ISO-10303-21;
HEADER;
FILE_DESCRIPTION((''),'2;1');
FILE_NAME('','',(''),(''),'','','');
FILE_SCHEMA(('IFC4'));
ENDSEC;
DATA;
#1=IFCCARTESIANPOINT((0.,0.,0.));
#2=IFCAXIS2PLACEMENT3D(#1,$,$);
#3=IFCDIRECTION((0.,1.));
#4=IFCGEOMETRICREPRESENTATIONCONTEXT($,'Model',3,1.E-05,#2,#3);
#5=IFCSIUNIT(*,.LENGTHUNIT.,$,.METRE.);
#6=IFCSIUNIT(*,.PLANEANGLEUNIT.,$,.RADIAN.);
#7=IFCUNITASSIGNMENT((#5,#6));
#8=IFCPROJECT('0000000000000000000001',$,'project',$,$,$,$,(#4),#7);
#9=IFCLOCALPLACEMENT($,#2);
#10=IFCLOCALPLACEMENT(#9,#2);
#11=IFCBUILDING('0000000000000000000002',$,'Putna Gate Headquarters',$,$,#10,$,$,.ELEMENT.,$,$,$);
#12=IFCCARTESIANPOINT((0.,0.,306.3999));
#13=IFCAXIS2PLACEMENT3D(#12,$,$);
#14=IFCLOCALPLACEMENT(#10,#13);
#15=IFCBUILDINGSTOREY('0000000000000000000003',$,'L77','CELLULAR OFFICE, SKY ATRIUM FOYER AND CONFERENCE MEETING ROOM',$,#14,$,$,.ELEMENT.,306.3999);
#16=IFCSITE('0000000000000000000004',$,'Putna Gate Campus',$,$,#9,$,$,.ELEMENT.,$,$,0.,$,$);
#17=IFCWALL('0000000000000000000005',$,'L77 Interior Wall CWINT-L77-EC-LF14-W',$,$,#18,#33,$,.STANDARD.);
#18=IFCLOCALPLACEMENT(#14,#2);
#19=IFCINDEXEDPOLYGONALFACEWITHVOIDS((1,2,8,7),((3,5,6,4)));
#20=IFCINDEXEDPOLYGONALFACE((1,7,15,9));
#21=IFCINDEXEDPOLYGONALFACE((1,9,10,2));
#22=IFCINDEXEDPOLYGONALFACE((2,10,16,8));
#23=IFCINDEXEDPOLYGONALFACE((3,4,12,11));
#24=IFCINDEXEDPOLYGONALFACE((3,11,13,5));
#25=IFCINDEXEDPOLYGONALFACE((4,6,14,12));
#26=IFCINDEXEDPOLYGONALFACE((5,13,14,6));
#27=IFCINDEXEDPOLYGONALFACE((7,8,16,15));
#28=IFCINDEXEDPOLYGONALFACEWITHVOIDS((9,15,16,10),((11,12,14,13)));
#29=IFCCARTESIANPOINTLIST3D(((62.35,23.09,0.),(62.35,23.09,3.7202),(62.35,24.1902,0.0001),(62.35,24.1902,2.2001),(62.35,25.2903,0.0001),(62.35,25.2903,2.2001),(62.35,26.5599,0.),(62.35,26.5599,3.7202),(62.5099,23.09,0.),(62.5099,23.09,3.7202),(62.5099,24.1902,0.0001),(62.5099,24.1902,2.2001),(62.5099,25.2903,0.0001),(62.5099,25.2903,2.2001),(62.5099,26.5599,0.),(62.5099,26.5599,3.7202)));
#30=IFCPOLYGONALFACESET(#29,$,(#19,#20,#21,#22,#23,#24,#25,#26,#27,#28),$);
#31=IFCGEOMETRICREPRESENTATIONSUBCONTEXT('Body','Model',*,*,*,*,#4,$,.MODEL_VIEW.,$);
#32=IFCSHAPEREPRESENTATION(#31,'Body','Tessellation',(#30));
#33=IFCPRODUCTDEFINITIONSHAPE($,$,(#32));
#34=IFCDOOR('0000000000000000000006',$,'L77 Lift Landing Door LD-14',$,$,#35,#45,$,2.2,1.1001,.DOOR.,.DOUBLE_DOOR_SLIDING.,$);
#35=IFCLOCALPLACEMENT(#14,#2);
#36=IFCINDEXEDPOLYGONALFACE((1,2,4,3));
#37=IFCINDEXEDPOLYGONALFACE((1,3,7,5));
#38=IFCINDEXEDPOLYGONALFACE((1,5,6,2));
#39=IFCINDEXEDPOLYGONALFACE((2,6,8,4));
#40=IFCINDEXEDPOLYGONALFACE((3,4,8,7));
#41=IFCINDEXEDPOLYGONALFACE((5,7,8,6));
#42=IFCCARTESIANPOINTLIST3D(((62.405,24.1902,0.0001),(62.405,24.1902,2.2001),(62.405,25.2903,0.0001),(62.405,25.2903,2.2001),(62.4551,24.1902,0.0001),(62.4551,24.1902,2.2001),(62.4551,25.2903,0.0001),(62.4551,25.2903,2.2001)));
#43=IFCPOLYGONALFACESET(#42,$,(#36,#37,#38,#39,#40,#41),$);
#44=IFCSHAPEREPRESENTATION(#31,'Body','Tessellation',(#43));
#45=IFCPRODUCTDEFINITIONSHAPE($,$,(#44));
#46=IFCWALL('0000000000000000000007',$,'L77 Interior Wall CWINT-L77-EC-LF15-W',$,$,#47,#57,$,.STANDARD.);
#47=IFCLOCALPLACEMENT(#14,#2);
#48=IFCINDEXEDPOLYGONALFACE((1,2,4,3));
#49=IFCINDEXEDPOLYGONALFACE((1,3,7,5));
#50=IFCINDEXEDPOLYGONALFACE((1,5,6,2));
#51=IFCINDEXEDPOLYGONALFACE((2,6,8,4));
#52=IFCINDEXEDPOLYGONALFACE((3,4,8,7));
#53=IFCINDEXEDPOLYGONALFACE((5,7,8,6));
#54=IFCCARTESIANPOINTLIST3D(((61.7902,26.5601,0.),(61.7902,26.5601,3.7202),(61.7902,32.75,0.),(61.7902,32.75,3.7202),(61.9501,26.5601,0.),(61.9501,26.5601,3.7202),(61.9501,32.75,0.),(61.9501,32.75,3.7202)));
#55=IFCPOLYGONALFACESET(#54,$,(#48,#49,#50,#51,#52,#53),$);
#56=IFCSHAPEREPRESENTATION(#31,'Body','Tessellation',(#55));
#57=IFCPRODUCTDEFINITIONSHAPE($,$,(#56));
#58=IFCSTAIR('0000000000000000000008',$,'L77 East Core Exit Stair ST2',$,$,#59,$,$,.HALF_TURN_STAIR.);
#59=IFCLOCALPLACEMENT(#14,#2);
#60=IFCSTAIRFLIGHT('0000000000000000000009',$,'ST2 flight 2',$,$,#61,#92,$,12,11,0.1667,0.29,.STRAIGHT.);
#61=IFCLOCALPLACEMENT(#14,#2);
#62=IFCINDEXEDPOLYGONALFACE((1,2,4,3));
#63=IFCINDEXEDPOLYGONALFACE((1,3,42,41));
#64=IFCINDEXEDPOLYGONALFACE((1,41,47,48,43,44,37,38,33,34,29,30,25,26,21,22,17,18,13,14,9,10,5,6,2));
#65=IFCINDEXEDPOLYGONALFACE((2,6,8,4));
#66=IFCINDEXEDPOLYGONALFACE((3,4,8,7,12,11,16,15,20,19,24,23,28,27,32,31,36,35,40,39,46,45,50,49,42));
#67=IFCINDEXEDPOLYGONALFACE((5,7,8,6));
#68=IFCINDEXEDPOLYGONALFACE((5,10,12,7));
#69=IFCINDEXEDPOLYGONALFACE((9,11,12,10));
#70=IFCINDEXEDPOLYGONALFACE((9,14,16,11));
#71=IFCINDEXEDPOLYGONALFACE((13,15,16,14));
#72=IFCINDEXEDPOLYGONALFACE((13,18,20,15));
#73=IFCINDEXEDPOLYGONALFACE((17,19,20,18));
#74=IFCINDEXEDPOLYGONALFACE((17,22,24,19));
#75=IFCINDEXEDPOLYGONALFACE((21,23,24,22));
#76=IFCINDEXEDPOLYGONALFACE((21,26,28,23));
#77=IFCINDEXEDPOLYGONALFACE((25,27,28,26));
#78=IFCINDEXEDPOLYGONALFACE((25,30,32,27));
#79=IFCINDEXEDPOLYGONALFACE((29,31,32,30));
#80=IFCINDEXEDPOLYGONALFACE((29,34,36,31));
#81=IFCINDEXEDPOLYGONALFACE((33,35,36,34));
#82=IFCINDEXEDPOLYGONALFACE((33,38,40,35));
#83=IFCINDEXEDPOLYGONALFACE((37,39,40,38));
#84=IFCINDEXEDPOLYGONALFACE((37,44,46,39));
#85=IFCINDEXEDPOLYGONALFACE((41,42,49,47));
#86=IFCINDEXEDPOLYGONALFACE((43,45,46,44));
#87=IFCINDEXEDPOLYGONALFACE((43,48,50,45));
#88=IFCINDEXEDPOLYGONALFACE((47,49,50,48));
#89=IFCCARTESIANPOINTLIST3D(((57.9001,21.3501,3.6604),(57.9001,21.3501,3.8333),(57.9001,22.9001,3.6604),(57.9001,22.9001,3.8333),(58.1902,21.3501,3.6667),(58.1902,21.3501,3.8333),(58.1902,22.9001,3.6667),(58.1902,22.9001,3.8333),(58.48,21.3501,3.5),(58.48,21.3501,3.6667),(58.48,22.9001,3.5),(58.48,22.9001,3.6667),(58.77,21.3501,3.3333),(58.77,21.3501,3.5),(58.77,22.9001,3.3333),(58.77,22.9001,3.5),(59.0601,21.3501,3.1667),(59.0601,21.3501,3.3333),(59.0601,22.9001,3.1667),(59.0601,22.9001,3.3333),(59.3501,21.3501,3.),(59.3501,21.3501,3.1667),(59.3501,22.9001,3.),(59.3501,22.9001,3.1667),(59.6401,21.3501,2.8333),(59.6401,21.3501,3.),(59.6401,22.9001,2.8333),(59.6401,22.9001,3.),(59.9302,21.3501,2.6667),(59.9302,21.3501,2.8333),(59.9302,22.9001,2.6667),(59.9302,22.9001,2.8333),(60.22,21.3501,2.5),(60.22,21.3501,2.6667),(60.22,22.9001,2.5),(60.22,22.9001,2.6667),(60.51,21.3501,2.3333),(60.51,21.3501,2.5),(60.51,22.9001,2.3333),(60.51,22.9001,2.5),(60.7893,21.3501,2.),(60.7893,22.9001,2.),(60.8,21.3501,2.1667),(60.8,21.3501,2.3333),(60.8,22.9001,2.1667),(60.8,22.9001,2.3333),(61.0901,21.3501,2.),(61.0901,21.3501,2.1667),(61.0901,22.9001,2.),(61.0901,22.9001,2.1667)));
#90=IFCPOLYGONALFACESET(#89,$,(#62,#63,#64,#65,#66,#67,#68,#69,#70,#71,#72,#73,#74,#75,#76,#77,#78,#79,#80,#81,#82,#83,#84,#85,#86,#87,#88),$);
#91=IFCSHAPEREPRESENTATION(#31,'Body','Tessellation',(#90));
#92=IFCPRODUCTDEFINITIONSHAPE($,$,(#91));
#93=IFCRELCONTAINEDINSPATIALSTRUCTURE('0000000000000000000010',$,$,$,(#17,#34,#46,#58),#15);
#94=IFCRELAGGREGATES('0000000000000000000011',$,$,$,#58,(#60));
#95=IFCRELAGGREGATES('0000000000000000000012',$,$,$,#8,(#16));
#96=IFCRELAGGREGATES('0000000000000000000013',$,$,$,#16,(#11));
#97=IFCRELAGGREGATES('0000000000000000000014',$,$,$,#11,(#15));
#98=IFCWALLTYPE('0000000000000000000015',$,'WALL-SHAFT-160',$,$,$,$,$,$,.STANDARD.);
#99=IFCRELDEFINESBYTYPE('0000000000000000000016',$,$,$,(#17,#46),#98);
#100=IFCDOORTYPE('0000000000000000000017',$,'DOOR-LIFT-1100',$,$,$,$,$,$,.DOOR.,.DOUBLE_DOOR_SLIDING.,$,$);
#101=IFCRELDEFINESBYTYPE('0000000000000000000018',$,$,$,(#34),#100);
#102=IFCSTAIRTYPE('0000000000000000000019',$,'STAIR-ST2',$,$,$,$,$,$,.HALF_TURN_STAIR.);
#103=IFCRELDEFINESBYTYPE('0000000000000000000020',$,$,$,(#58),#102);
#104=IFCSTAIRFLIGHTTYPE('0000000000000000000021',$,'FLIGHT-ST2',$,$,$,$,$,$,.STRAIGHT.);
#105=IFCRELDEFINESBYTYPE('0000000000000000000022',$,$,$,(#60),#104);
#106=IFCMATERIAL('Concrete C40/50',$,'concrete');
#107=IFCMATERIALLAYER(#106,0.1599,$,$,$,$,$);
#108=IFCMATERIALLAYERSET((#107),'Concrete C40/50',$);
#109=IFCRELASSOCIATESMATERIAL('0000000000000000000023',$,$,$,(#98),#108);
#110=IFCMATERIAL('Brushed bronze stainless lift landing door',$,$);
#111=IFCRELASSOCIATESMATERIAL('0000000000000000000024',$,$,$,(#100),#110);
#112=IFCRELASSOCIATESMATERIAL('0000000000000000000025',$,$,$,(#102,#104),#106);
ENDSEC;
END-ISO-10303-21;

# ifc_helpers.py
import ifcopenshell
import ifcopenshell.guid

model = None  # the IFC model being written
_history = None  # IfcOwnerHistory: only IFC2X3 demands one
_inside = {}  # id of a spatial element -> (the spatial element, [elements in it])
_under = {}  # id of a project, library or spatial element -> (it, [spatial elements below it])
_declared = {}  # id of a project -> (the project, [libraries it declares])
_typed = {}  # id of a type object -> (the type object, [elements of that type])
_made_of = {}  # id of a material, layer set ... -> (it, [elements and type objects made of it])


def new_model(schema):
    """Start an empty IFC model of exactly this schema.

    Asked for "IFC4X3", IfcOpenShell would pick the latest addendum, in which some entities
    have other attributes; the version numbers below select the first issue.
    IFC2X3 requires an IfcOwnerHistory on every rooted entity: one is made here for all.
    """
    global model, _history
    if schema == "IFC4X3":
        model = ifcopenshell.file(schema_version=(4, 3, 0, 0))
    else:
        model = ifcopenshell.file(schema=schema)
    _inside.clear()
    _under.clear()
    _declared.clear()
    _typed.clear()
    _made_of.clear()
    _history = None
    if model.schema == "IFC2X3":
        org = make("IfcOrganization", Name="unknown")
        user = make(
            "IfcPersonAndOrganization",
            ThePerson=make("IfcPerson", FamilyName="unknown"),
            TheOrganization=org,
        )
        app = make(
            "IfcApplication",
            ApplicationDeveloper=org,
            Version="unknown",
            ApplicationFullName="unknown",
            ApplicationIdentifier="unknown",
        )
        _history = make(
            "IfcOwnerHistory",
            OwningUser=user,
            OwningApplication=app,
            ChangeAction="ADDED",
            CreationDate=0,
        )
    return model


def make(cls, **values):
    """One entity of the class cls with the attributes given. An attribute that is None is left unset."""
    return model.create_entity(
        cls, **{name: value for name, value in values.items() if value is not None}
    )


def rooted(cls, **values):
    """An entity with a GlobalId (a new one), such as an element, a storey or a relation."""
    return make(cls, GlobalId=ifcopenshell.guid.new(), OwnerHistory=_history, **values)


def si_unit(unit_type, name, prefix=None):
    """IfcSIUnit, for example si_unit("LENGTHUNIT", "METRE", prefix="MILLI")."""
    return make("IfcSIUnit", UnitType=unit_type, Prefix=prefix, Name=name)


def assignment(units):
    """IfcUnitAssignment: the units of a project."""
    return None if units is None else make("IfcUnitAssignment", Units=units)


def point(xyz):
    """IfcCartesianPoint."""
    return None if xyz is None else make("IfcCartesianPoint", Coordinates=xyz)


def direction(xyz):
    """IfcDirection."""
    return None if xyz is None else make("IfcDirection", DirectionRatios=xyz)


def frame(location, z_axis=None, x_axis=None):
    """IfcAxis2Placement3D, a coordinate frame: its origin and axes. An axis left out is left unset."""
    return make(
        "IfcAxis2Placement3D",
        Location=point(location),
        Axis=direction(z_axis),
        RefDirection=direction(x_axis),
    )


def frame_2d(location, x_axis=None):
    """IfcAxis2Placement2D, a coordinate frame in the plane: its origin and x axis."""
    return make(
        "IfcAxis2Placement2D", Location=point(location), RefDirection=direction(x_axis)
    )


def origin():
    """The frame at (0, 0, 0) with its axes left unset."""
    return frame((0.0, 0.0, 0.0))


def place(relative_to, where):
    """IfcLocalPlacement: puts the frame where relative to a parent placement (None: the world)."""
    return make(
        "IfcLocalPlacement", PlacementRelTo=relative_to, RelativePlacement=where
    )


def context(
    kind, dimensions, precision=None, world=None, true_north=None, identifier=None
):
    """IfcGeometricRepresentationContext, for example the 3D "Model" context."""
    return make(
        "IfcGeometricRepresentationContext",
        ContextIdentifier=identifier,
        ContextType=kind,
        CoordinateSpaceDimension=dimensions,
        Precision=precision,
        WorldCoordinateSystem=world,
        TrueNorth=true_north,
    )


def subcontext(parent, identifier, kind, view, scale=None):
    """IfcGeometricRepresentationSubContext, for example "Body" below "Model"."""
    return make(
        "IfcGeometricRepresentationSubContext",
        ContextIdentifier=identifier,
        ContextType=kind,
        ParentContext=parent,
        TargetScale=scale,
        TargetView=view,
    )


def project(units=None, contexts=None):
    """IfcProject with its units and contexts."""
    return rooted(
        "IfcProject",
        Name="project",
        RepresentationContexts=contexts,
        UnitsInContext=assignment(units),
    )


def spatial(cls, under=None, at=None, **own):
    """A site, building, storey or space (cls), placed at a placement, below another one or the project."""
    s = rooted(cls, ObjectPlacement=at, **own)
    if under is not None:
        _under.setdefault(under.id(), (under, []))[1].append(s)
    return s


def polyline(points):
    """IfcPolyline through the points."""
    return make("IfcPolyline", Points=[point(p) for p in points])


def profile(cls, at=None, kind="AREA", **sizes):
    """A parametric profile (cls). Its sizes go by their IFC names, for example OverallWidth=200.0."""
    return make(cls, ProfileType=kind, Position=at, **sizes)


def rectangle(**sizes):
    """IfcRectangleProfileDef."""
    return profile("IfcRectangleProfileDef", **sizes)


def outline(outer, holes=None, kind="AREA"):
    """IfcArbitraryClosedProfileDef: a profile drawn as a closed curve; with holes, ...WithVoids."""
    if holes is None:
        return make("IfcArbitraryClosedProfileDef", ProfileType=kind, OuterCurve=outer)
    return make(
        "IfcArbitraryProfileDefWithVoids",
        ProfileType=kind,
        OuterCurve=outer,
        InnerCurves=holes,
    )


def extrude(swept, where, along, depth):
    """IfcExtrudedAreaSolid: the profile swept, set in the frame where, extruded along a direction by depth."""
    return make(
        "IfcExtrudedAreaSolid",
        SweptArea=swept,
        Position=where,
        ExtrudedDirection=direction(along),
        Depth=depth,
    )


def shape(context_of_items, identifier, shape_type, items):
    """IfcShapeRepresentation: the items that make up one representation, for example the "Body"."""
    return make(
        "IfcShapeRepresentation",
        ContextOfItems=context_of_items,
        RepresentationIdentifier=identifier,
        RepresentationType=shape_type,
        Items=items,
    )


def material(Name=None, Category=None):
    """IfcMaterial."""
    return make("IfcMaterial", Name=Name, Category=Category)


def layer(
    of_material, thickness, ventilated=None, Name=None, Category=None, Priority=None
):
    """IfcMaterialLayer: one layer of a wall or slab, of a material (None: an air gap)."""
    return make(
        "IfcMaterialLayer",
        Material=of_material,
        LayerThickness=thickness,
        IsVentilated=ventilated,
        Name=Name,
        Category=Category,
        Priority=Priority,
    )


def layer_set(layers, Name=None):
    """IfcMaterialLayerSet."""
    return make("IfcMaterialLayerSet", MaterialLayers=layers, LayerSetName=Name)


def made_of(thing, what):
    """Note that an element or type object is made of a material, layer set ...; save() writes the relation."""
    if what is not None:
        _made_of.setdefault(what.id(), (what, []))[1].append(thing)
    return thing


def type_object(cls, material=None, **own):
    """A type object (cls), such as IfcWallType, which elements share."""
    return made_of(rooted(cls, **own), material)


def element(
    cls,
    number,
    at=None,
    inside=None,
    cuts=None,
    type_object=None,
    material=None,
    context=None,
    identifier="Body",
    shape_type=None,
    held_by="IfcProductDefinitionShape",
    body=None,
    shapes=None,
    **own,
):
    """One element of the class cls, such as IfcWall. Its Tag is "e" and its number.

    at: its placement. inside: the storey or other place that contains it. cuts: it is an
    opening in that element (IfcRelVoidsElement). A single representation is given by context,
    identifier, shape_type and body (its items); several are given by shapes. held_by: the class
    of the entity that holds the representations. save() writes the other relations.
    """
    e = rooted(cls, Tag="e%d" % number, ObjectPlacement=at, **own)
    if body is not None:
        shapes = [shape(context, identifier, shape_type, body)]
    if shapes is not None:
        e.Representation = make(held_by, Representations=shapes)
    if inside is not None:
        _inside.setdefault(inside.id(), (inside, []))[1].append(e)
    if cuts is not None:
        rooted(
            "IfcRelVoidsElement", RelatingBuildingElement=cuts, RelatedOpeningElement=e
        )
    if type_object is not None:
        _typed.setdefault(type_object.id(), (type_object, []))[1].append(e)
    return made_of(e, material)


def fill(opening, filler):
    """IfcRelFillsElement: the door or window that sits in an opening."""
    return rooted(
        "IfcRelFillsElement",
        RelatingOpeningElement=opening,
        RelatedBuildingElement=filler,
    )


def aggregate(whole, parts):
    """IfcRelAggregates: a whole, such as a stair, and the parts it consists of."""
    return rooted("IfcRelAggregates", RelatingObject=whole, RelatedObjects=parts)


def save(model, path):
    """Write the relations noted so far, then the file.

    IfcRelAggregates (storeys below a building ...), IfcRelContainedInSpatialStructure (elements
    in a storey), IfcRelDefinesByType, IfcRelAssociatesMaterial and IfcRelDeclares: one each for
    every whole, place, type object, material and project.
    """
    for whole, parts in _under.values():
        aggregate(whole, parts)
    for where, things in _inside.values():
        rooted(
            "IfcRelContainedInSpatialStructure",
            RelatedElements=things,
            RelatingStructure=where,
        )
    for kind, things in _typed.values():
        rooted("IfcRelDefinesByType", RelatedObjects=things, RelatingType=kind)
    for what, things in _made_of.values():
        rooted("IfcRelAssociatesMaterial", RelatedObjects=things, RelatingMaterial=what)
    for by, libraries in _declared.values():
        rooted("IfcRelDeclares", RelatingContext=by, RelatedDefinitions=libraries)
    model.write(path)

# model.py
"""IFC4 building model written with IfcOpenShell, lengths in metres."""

from ifc_helpers import new_model, si_unit, direction, frame, frame_2d, origin, place, context, subcontext, project, spatial, polyline, rectangle, outline, extrude, material, layer, layer_set, type_object, element, fill, aggregate, save


model = new_model("IFC4")

# Units and contexts
model_context = context("Model", 3, precision=1e-05, world=origin(), true_north=direction((0.0, 1.0)))
body_context = subcontext(model_context, "Body", "Model", "MODEL_VIEW")
ifc_project = project(units=[si_unit("LENGTHUNIT", "METRE"), si_unit("PLANEANGLEUNIT", "RADIAN")], contexts=[model_context])

# Site, building, storey
site_placement = place(None, origin())
site = spatial("IfcSite", under=ifc_project, at=site_placement, Name="Putna Gate Campus", CompositionType="ELEMENT", RefElevation=0.0)
building_placement = place(site_placement, origin())
building = spatial("IfcBuilding", under=site, at=building_placement, Name="Putna Gate Headquarters", CompositionType="ELEMENT")
storey_placement = place(building_placement, frame((0.0, 0.0, 306.3999)))
storey = spatial("IfcBuildingStorey", under=building, at=storey_placement, Name="L77", Description="CELLULAR OFFICE, SKY ATRIUM FOYER AND CONFERENCE MEETING ROOM", CompositionType="ELEMENT", Elevation=306.3999)

# Wall, opening, door
ifc_material_1 = material(Name="Concrete C40/50", Category="concrete")
ifc_layer_1 = layer(ifc_material_1, 0.1599)
ifc_layer_set_1 = layer_set([ifc_layer_1], Name="Concrete C40/50")
wall_type_1 = type_object("IfcWallType", Name="WALL-SHAFT-160", PredefinedType="STANDARD", material=ifc_layer_set_1)
wall_1_placement = place(storey_placement, frame((62.4299, 23.0901, 0.0), z_axis=(0.0, 0.0, 1.0), x_axis=(0.0, 1.0, 0.0)))
wall_1 = element("IfcWall", 1, at=wall_1_placement, inside=storey, type_object=wall_type_1, Name="L77 Interior Wall CWINT-L77-EC-LF14-W", PredefinedType="STANDARD", context=body_context, shape_type="SweptSolid", body=[
    extrude(rectangle(XDim=3.47, YDim=0.1599, at=frame_2d((1.7349, 0.0))), origin(), (0.0, 0.0, 1.0), 3.7202),
])
opening_1_placement = place(wall_1_placement, frame((1.1001, 0.0, 0.0)))
opening_1 = element("IfcOpeningElement", 2, at=opening_1_placement, cuts=wall_1, PredefinedType="OPENING", context=body_context, shape_type="SweptSolid", body=[
    extrude(rectangle(XDim=1.1001, YDim=2.2, at=frame_2d((0.55, 1.1001))), frame((0.0, 0.0898, 0.0), z_axis=(0.0, -1.0, 0.0), x_axis=(1.0, 0.0, 0.0)), (0.0, 0.0, 1.0), 0.1799),
])
ifc_material_2 = material(Name="Brushed bronze stainless lift landing door")
door_type_1 = type_object("IfcDoorType", Name="DOOR-LIFT-1100", OperationType="DOUBLE_DOOR_SLIDING", PredefinedType="DOOR", material=ifc_material_2)
door_1_placement = place(opening_1_placement, origin())
door_1 = element("IfcDoor", 3, at=door_1_placement, inside=storey, type_object=door_type_1, Name="L77 Lift Landing Door LD-14", OperationType="DOUBLE_DOOR_SLIDING", OverallHeight=2.2, OverallWidth=1.1001, PredefinedType="DOOR", context=body_context, shape_type="SweptSolid", body=[
    extrude(rectangle(XDim=1.1001, YDim=2.2, at=frame_2d((0.55, 1.1001))), frame((0.0, 0.0249, 0.0), z_axis=(0.0, -1.0, 0.0), x_axis=(1.0, 0.0, 0.0)), (0.0, 0.0, 1.0), 0.05),
])
fill(opening_1, door_1)

# Wall
wall_2_placement = place(storey_placement, frame((61.8701, 26.5601, 0.0), z_axis=(0.0, 0.0, 1.0), x_axis=(0.0, 1.0, 0.0)))
element("IfcWall", 4, at=wall_2_placement, inside=storey, type_object=wall_type_1, Name="L77 Interior Wall CWINT-L77-EC-LF15-W", PredefinedType="STANDARD", context=body_context, shape_type="SweptSolid", body=[
    extrude(rectangle(XDim=6.1899, YDim=0.1599, at=frame_2d((3.095, 0.0))), origin(), (0.0, 0.0, 1.0), 3.7202),
])

# Stair, stair flight
stair_type = type_object("IfcStairType", Name="STAIR-ST2", PredefinedType="HALF_TURN_STAIR", material=ifc_material_1)
stair_placement = place(storey_placement, origin())
stair = element("IfcStair", 5, at=stair_placement, inside=storey, type_object=stair_type, Name="L77 East Core Exit Stair ST2", PredefinedType="HALF_TURN_STAIR")
stair_flight_type = type_object("IfcStairFlightType", Name="FLIGHT-ST2", PredefinedType="STRAIGHT", material=ifc_material_1)
stair_flight_placement = place(storey_placement, frame((61.0901, 22.125, 2.0), z_axis=(0.0, 0.0, 1.0), x_axis=(-1.0, 0.0, 0.0)))
stair_flight = element("IfcStairFlight", 6, at=stair_flight_placement, type_object=stair_flight_type, Name="ST2 flight 2", NumberOfRisers=12, NumberOfTreads=11, PredefinedType="STRAIGHT", RiserHeight=0.1667, TreadLength=0.29, context=body_context, shape_type="SweptSolid", body=[
    extrude(outline(polyline([(0.0, 0.0), (0.0, 0.1667), (0.29, 0.1667), (0.29, 0.3333), (0.5801, 0.3333), (0.5801, 0.5), (0.8701, 0.5), (0.8701, 0.6667), (1.1599, 0.6667), (1.1599, 0.8333), (1.45, 0.8333), (1.45, 1.0), (1.74, 1.0), (1.74, 1.1667), (2.03, 1.1667), (2.03, 1.3333), (2.3201, 1.3333), (2.3201, 1.5), (2.6101, 1.5), (2.6101, 1.6667), (2.8999, 1.6667), (2.8999, 1.8333), (3.1899, 1.8333), (3.1899, 2.0), (3.1899, 1.6604), (0.3008, 0.0), (0.0, 0.0)])), frame((0.0, 0.7749, 0.0), z_axis=(0.0, -1.0, 0.0), x_axis=(1.0, 0.0, 0.0)), (0.0, 0.0, 1.0), 1.55),
])
aggregate(stair, [stair_flight])

save(model, "model.ifc")
